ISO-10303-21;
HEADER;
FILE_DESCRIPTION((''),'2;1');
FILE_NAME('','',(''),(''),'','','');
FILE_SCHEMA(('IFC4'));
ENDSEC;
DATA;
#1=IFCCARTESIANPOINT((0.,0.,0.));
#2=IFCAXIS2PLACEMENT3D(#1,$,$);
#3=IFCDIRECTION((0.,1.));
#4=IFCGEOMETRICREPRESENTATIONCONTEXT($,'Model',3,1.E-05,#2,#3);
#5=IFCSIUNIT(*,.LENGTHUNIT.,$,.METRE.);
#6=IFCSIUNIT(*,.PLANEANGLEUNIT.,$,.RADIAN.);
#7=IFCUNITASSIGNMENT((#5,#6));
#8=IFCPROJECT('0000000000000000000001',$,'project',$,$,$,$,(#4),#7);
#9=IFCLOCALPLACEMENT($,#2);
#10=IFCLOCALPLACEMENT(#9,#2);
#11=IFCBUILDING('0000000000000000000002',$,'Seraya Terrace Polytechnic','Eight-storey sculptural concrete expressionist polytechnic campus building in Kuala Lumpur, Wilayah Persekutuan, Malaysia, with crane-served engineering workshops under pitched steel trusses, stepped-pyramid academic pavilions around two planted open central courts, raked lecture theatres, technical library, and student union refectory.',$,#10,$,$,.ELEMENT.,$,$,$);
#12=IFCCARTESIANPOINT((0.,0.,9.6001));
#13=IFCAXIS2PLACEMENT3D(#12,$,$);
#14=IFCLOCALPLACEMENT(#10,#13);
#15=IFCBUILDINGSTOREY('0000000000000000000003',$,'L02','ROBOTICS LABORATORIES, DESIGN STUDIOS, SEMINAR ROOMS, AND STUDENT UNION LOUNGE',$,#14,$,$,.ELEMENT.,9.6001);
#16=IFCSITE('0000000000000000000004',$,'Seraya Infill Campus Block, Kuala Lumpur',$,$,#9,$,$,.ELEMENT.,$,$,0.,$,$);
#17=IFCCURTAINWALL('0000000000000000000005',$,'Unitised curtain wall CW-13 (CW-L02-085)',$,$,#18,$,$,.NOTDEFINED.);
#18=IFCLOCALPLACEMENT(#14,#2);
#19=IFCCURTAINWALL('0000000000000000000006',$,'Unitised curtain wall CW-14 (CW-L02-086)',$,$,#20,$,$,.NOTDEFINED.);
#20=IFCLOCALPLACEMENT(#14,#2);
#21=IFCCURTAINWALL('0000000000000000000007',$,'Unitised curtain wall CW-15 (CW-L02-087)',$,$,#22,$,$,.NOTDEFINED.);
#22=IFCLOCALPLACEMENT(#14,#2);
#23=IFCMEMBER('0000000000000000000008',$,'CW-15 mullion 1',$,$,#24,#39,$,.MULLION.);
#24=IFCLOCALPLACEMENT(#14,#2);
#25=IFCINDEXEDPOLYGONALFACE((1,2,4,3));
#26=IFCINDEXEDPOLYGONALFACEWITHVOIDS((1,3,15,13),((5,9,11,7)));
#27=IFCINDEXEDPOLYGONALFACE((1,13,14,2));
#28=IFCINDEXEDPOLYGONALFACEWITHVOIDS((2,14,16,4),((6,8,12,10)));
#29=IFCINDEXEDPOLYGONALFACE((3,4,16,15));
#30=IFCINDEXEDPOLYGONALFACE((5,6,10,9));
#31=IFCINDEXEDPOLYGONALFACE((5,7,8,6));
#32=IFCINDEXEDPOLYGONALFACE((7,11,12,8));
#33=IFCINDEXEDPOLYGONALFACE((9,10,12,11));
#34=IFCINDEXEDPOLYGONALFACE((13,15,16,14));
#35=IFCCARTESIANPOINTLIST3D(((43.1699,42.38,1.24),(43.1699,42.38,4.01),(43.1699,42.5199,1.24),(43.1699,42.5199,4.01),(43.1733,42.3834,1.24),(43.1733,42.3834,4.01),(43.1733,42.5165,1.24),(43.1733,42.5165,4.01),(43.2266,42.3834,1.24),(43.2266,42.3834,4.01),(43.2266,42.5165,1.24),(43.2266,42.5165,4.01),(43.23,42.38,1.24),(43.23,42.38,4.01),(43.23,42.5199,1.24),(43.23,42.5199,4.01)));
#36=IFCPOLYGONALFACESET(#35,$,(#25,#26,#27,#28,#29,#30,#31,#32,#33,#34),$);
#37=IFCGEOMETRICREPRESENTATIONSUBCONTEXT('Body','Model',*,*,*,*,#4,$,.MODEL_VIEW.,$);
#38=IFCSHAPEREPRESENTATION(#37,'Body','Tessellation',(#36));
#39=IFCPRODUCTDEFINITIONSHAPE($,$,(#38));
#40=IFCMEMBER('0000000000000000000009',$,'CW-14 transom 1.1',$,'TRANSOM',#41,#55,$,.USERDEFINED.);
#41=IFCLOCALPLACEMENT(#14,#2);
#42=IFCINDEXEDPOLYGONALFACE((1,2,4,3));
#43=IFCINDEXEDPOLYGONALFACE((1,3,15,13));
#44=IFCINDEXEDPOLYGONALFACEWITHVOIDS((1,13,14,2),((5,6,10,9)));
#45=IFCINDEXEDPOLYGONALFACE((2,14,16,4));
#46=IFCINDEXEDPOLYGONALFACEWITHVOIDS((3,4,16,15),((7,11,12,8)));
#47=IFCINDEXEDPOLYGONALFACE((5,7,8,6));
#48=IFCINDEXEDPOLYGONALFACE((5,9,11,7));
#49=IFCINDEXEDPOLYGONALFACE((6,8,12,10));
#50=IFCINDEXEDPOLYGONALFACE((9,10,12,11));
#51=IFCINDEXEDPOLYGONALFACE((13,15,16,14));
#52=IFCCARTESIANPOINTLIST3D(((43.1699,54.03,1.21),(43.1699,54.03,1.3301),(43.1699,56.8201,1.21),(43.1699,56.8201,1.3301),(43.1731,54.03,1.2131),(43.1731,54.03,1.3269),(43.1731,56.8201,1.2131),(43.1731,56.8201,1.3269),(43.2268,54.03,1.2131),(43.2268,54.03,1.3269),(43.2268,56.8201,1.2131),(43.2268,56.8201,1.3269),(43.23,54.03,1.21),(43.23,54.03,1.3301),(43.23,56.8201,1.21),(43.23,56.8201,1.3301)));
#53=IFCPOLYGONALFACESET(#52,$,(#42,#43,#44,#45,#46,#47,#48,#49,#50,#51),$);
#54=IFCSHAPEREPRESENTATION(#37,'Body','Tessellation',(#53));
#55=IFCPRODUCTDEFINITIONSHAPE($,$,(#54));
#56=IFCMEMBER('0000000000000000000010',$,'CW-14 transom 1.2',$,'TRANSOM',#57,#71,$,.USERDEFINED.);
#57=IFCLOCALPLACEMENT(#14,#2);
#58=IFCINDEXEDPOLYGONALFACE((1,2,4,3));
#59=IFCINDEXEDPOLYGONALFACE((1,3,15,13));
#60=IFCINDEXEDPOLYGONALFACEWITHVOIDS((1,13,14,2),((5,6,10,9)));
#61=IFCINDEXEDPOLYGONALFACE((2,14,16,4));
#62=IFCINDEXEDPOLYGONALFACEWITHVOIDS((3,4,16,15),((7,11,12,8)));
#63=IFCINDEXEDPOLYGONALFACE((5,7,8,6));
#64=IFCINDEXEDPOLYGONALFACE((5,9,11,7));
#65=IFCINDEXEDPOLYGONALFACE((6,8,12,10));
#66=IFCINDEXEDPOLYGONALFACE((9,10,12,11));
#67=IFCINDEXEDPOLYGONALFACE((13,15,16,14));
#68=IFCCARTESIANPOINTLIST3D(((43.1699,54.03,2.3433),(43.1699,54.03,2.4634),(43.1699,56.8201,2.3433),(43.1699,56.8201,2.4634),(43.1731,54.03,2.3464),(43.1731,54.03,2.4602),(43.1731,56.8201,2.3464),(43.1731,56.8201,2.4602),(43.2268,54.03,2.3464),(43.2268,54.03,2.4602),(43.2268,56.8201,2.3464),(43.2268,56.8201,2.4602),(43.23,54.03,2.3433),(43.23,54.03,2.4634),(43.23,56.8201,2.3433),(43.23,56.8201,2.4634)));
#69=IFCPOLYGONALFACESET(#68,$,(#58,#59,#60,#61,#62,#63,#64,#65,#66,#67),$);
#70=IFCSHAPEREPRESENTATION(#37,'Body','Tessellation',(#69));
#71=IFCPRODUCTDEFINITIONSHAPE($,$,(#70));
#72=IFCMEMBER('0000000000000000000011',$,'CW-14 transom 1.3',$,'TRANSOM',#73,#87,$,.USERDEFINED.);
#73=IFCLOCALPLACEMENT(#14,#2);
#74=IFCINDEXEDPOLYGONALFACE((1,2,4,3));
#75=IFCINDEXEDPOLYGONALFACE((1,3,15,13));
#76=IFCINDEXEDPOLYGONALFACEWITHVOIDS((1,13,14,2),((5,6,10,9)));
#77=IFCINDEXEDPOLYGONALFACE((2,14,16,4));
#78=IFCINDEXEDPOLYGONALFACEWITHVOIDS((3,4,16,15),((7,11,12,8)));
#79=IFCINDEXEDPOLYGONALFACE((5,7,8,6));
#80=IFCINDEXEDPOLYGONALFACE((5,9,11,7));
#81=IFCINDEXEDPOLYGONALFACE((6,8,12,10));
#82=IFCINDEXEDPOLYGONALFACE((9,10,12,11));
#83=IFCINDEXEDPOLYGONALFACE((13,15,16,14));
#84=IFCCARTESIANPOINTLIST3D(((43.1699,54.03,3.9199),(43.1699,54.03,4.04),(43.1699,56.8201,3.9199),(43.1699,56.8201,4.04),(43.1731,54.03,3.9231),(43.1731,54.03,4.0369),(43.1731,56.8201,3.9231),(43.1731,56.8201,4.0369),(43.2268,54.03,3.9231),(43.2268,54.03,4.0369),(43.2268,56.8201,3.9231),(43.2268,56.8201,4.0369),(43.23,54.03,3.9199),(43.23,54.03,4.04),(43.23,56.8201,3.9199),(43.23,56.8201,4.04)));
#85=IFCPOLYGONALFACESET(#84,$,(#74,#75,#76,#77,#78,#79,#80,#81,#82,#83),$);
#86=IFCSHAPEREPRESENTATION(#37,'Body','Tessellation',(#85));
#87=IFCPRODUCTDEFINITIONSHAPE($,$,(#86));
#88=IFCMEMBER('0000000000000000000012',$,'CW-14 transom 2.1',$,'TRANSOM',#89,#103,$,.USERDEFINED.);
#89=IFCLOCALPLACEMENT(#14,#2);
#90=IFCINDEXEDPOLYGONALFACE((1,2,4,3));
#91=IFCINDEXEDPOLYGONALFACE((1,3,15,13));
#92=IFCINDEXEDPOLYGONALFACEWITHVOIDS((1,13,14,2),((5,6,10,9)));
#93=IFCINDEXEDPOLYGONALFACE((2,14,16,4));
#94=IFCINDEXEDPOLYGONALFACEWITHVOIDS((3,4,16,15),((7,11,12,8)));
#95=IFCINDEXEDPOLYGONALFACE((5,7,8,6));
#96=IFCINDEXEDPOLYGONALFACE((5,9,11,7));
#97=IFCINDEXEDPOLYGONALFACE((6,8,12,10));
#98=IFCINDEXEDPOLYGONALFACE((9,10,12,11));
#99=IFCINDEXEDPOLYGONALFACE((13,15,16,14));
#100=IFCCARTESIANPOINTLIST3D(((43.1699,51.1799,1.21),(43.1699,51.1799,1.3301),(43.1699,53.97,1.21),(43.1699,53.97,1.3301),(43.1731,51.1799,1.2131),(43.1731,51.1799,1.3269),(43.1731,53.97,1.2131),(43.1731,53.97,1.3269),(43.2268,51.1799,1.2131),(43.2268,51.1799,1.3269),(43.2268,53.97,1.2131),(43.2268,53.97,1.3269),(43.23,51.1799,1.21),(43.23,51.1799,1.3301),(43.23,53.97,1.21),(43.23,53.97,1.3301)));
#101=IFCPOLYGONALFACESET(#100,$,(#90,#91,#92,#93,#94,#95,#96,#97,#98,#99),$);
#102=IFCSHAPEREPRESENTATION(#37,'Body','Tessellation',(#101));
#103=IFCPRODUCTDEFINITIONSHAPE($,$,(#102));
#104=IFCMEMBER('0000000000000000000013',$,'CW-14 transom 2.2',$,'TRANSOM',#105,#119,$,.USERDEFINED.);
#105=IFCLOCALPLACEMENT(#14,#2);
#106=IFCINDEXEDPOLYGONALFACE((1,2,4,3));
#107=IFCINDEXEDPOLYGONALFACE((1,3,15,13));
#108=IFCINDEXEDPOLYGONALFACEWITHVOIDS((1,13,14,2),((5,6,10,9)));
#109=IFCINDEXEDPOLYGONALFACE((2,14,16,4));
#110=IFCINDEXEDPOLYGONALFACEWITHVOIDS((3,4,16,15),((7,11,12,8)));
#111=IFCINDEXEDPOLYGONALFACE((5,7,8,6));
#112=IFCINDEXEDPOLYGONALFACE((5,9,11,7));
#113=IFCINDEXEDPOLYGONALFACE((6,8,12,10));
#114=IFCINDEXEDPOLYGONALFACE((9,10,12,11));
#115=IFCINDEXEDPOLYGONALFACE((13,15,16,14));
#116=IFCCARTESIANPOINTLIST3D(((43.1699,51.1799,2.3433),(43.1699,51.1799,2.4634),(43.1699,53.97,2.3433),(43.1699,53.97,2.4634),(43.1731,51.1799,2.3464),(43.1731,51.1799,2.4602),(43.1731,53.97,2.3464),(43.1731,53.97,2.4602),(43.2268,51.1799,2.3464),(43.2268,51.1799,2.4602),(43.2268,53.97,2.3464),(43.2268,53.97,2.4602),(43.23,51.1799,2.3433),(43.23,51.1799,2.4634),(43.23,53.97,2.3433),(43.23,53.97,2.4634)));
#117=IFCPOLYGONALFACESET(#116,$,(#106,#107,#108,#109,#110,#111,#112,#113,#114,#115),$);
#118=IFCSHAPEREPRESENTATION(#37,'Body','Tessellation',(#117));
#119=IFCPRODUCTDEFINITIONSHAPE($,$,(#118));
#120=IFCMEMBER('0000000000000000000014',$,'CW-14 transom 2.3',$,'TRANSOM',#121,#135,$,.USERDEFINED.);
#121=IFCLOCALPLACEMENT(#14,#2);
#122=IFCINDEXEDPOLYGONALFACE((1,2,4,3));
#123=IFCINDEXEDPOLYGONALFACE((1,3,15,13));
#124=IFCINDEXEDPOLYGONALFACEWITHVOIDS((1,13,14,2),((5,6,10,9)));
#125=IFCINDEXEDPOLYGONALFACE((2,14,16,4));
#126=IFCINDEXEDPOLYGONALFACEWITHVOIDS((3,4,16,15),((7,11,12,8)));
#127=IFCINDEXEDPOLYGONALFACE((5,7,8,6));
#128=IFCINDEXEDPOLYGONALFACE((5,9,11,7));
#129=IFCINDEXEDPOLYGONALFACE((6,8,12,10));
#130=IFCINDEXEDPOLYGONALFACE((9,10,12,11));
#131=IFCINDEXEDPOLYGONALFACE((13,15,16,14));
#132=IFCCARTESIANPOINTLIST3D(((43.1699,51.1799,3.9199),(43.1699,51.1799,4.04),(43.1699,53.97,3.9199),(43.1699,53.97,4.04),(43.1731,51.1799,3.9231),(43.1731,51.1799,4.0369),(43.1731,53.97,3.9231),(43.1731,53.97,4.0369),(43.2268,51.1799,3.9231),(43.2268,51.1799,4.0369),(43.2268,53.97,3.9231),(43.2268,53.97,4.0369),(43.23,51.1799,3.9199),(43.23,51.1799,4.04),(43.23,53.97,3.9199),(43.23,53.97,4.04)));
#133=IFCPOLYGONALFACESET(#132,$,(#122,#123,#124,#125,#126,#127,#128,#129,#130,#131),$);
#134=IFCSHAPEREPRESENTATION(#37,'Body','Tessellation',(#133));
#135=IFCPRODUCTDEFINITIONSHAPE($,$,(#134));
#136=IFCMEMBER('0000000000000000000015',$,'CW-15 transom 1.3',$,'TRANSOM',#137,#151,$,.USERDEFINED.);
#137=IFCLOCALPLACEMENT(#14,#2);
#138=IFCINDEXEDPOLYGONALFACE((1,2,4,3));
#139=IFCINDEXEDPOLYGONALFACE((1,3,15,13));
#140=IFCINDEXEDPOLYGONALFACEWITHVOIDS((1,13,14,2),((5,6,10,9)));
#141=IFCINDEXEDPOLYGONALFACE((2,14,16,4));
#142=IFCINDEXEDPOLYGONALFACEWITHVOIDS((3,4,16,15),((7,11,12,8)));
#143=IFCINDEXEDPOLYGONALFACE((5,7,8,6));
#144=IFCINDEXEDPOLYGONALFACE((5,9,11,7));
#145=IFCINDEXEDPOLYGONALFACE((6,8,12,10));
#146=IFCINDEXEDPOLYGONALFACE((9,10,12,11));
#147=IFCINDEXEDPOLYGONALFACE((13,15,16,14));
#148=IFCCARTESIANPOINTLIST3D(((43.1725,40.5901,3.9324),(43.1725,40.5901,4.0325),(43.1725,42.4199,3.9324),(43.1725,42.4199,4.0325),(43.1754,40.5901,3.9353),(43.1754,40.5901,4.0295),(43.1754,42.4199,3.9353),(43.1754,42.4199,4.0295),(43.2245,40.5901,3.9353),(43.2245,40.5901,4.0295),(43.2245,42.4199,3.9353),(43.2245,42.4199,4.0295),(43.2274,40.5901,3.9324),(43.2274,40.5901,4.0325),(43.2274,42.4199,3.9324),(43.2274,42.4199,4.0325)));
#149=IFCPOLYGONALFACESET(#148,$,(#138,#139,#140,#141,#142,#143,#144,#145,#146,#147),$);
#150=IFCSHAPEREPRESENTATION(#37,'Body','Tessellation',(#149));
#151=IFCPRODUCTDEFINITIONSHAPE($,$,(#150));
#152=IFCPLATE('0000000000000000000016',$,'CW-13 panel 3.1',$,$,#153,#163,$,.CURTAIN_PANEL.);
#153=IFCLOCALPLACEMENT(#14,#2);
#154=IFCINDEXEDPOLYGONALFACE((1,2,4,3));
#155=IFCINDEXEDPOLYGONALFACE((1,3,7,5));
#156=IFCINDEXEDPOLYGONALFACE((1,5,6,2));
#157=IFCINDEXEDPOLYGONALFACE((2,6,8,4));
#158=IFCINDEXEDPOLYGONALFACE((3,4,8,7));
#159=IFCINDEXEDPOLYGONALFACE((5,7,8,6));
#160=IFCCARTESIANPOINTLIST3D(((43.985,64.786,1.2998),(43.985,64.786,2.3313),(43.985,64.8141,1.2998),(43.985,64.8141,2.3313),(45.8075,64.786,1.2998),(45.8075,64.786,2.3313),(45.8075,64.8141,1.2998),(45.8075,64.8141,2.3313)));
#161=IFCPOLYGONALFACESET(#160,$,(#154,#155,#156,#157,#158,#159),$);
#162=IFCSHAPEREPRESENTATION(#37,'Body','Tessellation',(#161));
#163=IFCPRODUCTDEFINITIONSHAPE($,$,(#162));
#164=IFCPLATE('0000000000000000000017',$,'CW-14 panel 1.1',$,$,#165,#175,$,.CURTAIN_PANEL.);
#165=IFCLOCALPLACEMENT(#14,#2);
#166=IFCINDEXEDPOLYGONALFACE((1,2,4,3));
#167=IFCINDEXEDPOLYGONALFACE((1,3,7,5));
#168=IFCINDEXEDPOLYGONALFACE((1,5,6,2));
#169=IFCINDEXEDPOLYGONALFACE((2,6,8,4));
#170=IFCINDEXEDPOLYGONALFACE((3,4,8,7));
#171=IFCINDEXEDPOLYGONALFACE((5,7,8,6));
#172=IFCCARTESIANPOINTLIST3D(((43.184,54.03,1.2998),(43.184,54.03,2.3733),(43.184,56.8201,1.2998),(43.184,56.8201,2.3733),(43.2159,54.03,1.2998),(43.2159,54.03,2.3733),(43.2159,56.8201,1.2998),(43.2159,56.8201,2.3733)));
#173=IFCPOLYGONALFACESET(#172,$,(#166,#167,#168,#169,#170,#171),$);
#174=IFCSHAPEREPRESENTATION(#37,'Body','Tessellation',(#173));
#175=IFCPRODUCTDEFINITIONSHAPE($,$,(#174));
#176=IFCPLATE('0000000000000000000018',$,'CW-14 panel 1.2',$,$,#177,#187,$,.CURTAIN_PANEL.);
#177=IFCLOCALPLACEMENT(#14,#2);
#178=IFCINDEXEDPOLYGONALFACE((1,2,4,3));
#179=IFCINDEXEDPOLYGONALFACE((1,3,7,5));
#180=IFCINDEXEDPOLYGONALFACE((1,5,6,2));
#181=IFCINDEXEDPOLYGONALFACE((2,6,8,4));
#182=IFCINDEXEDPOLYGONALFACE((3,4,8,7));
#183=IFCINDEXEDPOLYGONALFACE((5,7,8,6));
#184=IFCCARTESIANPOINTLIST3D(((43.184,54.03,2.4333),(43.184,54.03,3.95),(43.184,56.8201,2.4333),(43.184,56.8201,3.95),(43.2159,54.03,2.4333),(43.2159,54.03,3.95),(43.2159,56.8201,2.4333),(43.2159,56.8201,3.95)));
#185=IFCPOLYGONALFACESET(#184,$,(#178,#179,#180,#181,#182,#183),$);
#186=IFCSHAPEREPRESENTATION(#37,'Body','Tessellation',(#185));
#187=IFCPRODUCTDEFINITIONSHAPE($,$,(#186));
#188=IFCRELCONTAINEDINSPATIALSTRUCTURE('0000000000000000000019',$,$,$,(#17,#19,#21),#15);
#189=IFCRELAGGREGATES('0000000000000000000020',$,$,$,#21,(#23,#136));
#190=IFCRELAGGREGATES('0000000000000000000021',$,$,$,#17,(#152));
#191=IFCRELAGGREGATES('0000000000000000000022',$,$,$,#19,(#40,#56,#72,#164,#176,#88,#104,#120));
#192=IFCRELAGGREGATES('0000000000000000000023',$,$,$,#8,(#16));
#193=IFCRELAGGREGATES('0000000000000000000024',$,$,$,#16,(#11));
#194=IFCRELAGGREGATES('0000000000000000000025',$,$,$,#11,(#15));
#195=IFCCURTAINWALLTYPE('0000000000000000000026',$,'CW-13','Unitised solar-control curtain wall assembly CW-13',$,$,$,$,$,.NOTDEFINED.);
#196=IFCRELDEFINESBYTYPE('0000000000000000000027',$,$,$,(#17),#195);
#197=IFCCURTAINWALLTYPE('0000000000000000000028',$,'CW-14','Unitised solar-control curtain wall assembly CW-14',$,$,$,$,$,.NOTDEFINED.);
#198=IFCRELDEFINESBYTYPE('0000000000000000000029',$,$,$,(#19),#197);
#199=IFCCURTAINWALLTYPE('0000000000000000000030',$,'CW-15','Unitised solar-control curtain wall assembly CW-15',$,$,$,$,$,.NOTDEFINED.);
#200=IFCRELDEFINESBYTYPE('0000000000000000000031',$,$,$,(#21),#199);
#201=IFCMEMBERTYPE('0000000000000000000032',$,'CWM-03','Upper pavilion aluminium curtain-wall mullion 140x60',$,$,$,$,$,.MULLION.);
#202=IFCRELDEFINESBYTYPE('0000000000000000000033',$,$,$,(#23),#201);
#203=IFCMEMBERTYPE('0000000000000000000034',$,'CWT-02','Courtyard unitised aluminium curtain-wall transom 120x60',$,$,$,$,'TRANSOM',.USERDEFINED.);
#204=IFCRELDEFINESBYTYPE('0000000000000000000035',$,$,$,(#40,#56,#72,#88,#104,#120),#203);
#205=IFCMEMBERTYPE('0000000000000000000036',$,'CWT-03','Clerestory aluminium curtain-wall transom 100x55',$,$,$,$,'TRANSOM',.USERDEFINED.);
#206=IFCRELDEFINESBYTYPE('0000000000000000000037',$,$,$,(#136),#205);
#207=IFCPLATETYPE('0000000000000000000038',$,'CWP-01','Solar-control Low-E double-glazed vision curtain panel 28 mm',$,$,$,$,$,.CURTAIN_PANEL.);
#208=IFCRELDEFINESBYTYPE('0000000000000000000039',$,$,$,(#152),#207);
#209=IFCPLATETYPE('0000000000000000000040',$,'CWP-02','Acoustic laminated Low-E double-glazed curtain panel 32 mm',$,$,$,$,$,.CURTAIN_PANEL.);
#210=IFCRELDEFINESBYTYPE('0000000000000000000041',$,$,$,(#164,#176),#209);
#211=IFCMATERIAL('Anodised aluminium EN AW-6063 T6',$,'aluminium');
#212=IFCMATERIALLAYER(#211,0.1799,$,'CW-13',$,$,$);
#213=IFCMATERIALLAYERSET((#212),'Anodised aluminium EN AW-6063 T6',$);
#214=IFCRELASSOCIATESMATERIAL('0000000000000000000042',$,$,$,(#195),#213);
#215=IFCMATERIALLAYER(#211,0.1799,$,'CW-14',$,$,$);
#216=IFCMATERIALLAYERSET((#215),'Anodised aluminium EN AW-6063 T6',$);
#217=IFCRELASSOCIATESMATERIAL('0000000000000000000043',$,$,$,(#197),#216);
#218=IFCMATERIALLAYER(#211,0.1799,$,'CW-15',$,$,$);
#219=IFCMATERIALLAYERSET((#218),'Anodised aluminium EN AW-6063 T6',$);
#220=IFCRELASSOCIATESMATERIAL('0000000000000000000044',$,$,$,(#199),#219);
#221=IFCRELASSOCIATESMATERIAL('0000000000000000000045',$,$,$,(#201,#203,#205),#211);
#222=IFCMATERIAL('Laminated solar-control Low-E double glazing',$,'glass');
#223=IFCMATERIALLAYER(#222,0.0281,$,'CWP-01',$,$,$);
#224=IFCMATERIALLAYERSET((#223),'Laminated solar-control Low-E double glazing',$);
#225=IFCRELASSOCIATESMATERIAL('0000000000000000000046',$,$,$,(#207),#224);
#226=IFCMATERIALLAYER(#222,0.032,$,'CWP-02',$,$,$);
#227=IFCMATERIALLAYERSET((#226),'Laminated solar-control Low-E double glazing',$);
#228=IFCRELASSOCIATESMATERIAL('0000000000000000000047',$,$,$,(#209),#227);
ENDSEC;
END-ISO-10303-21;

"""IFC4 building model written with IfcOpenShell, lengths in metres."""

from ifc_helpers import new_model, si_unit, direction, frame, origin, origin_2d, place, context, subcontext, project, spatial, rectangle, hollow_rectangle, extrude, material, layer, layer_set, material_profile, profile_set, type_object, element, aggregate, save


model = new_model("IFC4")

# Units and contexts
model_context = context("Model", 3, precision=1e-05, world=origin(), true_north=direction((0.0, 1.0)))
body_context = subcontext(model_context, "Body", "Model", "MODEL_VIEW")
ifc_project = project(units=[si_unit("LENGTHUNIT", "METRE"), si_unit("PLANEANGLEUNIT", "RADIAN")], contexts=[model_context])

# Site, building, storey
site_placement = place(None, origin())
site = spatial("IfcSite", under=ifc_project, at=site_placement, Name="Seraya Infill Campus Block, Kuala Lumpur", CompositionType="ELEMENT", RefElevation=0.0)
building_placement = place(site_placement, origin())
building = spatial("IfcBuilding", under=site, at=building_placement, Name="Seraya Terrace Polytechnic", Description="Eight-storey sculptural concrete expressionist polytechnic campus building in Kuala Lumpur, Wilayah Persekutuan, Malaysia, with crane-served engineering workshops under pitched steel trusses, stepped-pyramid academic pavilions around two planted open central courts, raked lecture theatres, technical library, and student union refectory.", CompositionType="ELEMENT")
storey_placement = place(building_placement, frame((0.0, 0.0, 9.6001)))
storey = spatial("IfcBuildingStorey", under=building, at=storey_placement, Name="L02", Description="ROBOTICS LABORATORIES, DESIGN STUDIOS, SEMINAR ROOMS, AND STUDENT UNION LOUNGE", CompositionType="ELEMENT", Elevation=9.6001)

# Curtain wall
ifc_material_1 = material(Name="Anodised aluminium EN AW-6063 T6", Category="aluminium")
ifc_layer_1 = layer(ifc_material_1, 0.1799, Name="CW-13")
ifc_layer_set_1 = layer_set([ifc_layer_1], Name="Anodised aluminium EN AW-6063 T6")
curtain_wall_type_1 = type_object("IfcCurtainWallType", Name="CW-13", Description="Unitised solar-control curtain wall assembly CW-13", PredefinedType="NOTDEFINED", material=ifc_layer_set_1)
curtain_wall_1_placement = place(storey_placement, origin())
curtain_wall_1 = element("IfcCurtainWall", 1, at=curtain_wall_1_placement, inside=storey, type_object=curtain_wall_type_1, Name="Unitised curtain wall CW-13 (CW-L02-085)", PredefinedType="NOTDEFINED")

# Curtain wall
ifc_layer_2 = layer(ifc_material_1, 0.1799, Name="CW-14")
ifc_layer_set_2 = layer_set([ifc_layer_2], Name="Anodised aluminium EN AW-6063 T6")
curtain_wall_type_2 = type_object("IfcCurtainWallType", Name="CW-14", Description="Unitised solar-control curtain wall assembly CW-14", PredefinedType="NOTDEFINED", material=ifc_layer_set_2)
curtain_wall_2_placement = place(storey_placement, origin())
curtain_wall_2 = element("IfcCurtainWall", 2, at=curtain_wall_2_placement, inside=storey, type_object=curtain_wall_type_2, Name="Unitised curtain wall CW-14 (CW-L02-086)", PredefinedType="NOTDEFINED")

# Curtain wall, member
ifc_layer_3 = layer(ifc_material_1, 0.1799, Name="CW-15")
ifc_layer_set_3 = layer_set([ifc_layer_3], Name="Anodised aluminium EN AW-6063 T6")
curtain_wall_type_3 = type_object("IfcCurtainWallType", Name="CW-15", Description="Unitised solar-control curtain wall assembly CW-15", PredefinedType="NOTDEFINED", material=ifc_layer_set_3)
curtain_wall_3_placement = place(storey_placement, origin())
curtain_wall_3 = element("IfcCurtainWall", 3, at=curtain_wall_3_placement, inside=storey, type_object=curtain_wall_type_3, Name="Unitised curtain wall CW-15 (CW-L02-087)", PredefinedType="NOTDEFINED")
ifc_material_profile_1 = material_profile(ifc_material_1, hollow_rectangle(XDim=0.0601, YDim=0.1399, WallThickness=0.0034, at=origin_2d()), Name="RHS 140x60x3.5")
ifc_profile_set_1 = profile_set([ifc_material_profile_1], Name="Anodised aluminium EN AW-6063 T6")
member_type_1 = type_object("IfcMemberType", Name="CWM-03", Description="Upper pavilion aluminium curtain-wall mullion 140x60", PredefinedType="MULLION", material=ifc_profile_set_1)
member_1_placement = place(storey_placement, frame((43.2, 42.45, 1.24), z_axis=(0.0, 0.0, 1.0), x_axis=(1.0, 0.0, 0.0)))
member_1 = element("IfcMember", 4, at=member_1_placement, type_object=member_type_1, Name="CW-15 mullion 1", PredefinedType="MULLION", context=body_context, shape_type="SweptSolid", body=[
    extrude(hollow_rectangle(XDim=0.0601, YDim=0.1399, WallThickness=0.0034, at=origin_2d()), origin(), (0.0, 0.0, 1.0), 2.77),
])

# Members
ifc_material_profile_2 = material_profile(ifc_material_1, hollow_rectangle(XDim=0.0601, YDim=0.1201, WallThickness=0.0032, at=origin_2d()), Name="RHS 120x60x3.2")
ifc_profile_set_2 = profile_set([ifc_material_profile_2], Name="Anodised aluminium EN AW-6063 T6")
member_type_2 = type_object("IfcMemberType", Name="CWT-02", Description="Courtyard unitised aluminium curtain-wall transom 120x60", ElementType="TRANSOM", PredefinedType="USERDEFINED", material=ifc_profile_set_2)
member_2_placement = place(storey_placement, frame((43.2, 56.8201, 1.27), z_axis=(0.0, -1.0, 0.0), x_axis=(1.0, 0.0, 0.0)))
member_2 = element("IfcMember", 5, at=member_2_placement, type_object=member_type_2, Name="CW-14 transom 1.1", ObjectType="TRANSOM", PredefinedType="USERDEFINED", context=body_context, shape_type="SweptSolid", body=[
    extrude(hollow_rectangle(XDim=0.0601, YDim=0.1201, WallThickness=0.0032, at=origin_2d()), origin(), (0.0, 0.0, 1.0), 2.79),
])
member_3_placement = place(storey_placement, frame((43.2, 56.8201, 2.4033), z_axis=(0.0, -1.0, 0.0), x_axis=(1.0, 0.0, 0.0)))
member_3 = element("IfcMember", 6, at=member_3_placement, type_object=member_type_2, Name="CW-14 transom 1.2", ObjectType="TRANSOM", PredefinedType="USERDEFINED", context=body_context, shape_type="SweptSolid", body=[
    extrude(hollow_rectangle(XDim=0.0601, YDim=0.1201, WallThickness=0.0032, at=origin_2d()), origin(), (0.0, 0.0, 1.0), 2.79),
])
member_4_placement = place(storey_placement, frame((43.2, 56.8201, 3.98), z_axis=(0.0, -1.0, 0.0), x_axis=(1.0, 0.0, 0.0)))
member_4 = element("IfcMember", 7, at=member_4_placement, type_object=member_type_2, Name="CW-14 transom 1.3", ObjectType="TRANSOM", PredefinedType="USERDEFINED", context=body_context, shape_type="SweptSolid", body=[
    extrude(hollow_rectangle(XDim=0.0601, YDim=0.1201, WallThickness=0.0032, at=origin_2d()), origin(), (0.0, 0.0, 1.0), 2.79),
])
member_5_placement = place(storey_placement, frame((43.2, 53.97, 1.27), z_axis=(0.0, -1.0, 0.0), x_axis=(1.0, 0.0, 0.0)))
member_5 = element("IfcMember", 8, at=member_5_placement, type_object=member_type_2, Name="CW-14 transom 2.1", ObjectType="TRANSOM", PredefinedType="USERDEFINED", context=body_context, shape_type="SweptSolid", body=[
    extrude(hollow_rectangle(XDim=0.0601, YDim=0.1201, WallThickness=0.0032, at=origin_2d()), origin(), (0.0, 0.0, 1.0), 2.79),
])
member_6_placement = place(storey_placement, frame((43.2, 53.97, 2.4033), z_axis=(0.0, -1.0, 0.0), x_axis=(1.0, 0.0, 0.0)))
member_6 = element("IfcMember", 9, at=member_6_placement, type_object=member_type_2, Name="CW-14 transom 2.2", ObjectType="TRANSOM", PredefinedType="USERDEFINED", context=body_context, shape_type="SweptSolid", body=[
    extrude(hollow_rectangle(XDim=0.0601, YDim=0.1201, WallThickness=0.0032, at=origin_2d()), origin(), (0.0, 0.0, 1.0), 2.79),
])
member_7_placement = place(storey_placement, frame((43.2, 53.97, 3.98), z_axis=(0.0, -1.0, 0.0), x_axis=(1.0, 0.0, 0.0)))
member_7 = element("IfcMember", 10, at=member_7_placement, type_object=member_type_2, Name="CW-14 transom 2.3", ObjectType="TRANSOM", PredefinedType="USERDEFINED", context=body_context, shape_type="SweptSolid", body=[
    extrude(hollow_rectangle(XDim=0.0601, YDim=0.1201, WallThickness=0.0032, at=origin_2d()), origin(), (0.0, 0.0, 1.0), 2.79),
])
ifc_material_profile_3 = material_profile(ifc_material_1, hollow_rectangle(XDim=0.0549, YDim=0.1001, WallThickness=0.0029, at=origin_2d()), Name="RHS 100x55x3.0")
ifc_profile_set_3 = profile_set([ifc_material_profile_3], Name="Anodised aluminium EN AW-6063 T6")
member_type_3 = type_object("IfcMemberType", Name="CWT-03", Description="Clerestory aluminium curtain-wall transom 100x55", ElementType="TRANSOM", PredefinedType="USERDEFINED", material=ifc_profile_set_3)
member_8_placement = place(storey_placement, frame((43.2, 42.4199, 3.9824), z_axis=(0.0, -1.0, 0.0), x_axis=(1.0, 0.0, 0.0)))
member_8 = element("IfcMember", 11, at=member_8_placement, type_object=member_type_3, Name="CW-15 transom 1.3", ObjectType="TRANSOM", PredefinedType="USERDEFINED", context=body_context, shape_type="SweptSolid", body=[
    extrude(hollow_rectangle(XDim=0.0549, YDim=0.1001, WallThickness=0.0029, at=origin_2d()), origin(), (0.0, 0.0, 1.0), 1.8298),
])
aggregate(curtain_wall_3, [member_1, member_8])

# Plates
ifc_material_2 = material(Name="Laminated solar-control Low-E double glazing", Category="glass")
ifc_layer_4 = layer(ifc_material_2, 0.0281, Name="CWP-01")
ifc_layer_set_4 = layer_set([ifc_layer_4], Name="Laminated solar-control Low-E double glazing")
plate_type_1 = type_object("IfcPlateType", Name="CWP-01", Description="Solar-control Low-E double-glazed vision curtain panel 28 mm", PredefinedType="CURTAIN_PANEL", material=ifc_layer_set_4)
plate_1_placement = place(storey_placement, frame((44.8962, 64.8, 1.2998), z_axis=(0.0, 0.0, 1.0), x_axis=(-1.0, 0.0, 0.0)))
plate_1 = element("IfcPlate", 12, at=plate_1_placement, type_object=plate_type_1, Name="CW-13 panel 3.1", PredefinedType="CURTAIN_PANEL", context=body_context, shape_type="SweptSolid", body=[
    extrude(rectangle(XDim=1.8225, YDim=0.0281, at=origin_2d()), origin(), (0.0, 0.0, 1.0), 1.0315),
])
aggregate(curtain_wall_1, [plate_1])
ifc_layer_5 = layer(ifc_material_2, 0.032, Name="CWP-02")
ifc_layer_set_5 = layer_set([ifc_layer_5], Name="Laminated solar-control Low-E double glazing")
plate_type_2 = type_object("IfcPlateType", Name="CWP-02", Description="Acoustic laminated Low-E double-glazed curtain panel 32 mm", PredefinedType="CURTAIN_PANEL", material=ifc_layer_set_5)
plate_2_placement = place(storey_placement, frame((43.2, 55.425, 1.2998), z_axis=(0.0, 0.0, 1.0), x_axis=(0.0, -1.0, 0.0)))
plate_2 = element("IfcPlate", 13, at=plate_2_placement, type_object=plate_type_2, Name="CW-14 panel 1.1", PredefinedType="CURTAIN_PANEL", context=body_context, shape_type="SweptSolid", body=[
    extrude(rectangle(XDim=2.79, YDim=0.032, at=origin_2d()), origin(), (0.0, 0.0, 1.0), 1.0735),
])
plate_3_placement = place(storey_placement, frame((43.2, 55.425, 2.4333), z_axis=(0.0, 0.0, 1.0), x_axis=(0.0, -1.0, 0.0)))
plate_3 = element("IfcPlate", 14, at=plate_3_placement, type_object=plate_type_2, Name="CW-14 panel 1.2", PredefinedType="CURTAIN_PANEL", context=body_context, shape_type="SweptSolid", body=[
    extrude(rectangle(XDim=2.79, YDim=0.032, at=origin_2d()), origin(), (0.0, 0.0, 1.0), 1.5166),
])
aggregate(curtain_wall_2, [member_2, member_3, member_4, plate_2, plate_3, member_5, member_6, member_7])

save(model, "model.ifc")
